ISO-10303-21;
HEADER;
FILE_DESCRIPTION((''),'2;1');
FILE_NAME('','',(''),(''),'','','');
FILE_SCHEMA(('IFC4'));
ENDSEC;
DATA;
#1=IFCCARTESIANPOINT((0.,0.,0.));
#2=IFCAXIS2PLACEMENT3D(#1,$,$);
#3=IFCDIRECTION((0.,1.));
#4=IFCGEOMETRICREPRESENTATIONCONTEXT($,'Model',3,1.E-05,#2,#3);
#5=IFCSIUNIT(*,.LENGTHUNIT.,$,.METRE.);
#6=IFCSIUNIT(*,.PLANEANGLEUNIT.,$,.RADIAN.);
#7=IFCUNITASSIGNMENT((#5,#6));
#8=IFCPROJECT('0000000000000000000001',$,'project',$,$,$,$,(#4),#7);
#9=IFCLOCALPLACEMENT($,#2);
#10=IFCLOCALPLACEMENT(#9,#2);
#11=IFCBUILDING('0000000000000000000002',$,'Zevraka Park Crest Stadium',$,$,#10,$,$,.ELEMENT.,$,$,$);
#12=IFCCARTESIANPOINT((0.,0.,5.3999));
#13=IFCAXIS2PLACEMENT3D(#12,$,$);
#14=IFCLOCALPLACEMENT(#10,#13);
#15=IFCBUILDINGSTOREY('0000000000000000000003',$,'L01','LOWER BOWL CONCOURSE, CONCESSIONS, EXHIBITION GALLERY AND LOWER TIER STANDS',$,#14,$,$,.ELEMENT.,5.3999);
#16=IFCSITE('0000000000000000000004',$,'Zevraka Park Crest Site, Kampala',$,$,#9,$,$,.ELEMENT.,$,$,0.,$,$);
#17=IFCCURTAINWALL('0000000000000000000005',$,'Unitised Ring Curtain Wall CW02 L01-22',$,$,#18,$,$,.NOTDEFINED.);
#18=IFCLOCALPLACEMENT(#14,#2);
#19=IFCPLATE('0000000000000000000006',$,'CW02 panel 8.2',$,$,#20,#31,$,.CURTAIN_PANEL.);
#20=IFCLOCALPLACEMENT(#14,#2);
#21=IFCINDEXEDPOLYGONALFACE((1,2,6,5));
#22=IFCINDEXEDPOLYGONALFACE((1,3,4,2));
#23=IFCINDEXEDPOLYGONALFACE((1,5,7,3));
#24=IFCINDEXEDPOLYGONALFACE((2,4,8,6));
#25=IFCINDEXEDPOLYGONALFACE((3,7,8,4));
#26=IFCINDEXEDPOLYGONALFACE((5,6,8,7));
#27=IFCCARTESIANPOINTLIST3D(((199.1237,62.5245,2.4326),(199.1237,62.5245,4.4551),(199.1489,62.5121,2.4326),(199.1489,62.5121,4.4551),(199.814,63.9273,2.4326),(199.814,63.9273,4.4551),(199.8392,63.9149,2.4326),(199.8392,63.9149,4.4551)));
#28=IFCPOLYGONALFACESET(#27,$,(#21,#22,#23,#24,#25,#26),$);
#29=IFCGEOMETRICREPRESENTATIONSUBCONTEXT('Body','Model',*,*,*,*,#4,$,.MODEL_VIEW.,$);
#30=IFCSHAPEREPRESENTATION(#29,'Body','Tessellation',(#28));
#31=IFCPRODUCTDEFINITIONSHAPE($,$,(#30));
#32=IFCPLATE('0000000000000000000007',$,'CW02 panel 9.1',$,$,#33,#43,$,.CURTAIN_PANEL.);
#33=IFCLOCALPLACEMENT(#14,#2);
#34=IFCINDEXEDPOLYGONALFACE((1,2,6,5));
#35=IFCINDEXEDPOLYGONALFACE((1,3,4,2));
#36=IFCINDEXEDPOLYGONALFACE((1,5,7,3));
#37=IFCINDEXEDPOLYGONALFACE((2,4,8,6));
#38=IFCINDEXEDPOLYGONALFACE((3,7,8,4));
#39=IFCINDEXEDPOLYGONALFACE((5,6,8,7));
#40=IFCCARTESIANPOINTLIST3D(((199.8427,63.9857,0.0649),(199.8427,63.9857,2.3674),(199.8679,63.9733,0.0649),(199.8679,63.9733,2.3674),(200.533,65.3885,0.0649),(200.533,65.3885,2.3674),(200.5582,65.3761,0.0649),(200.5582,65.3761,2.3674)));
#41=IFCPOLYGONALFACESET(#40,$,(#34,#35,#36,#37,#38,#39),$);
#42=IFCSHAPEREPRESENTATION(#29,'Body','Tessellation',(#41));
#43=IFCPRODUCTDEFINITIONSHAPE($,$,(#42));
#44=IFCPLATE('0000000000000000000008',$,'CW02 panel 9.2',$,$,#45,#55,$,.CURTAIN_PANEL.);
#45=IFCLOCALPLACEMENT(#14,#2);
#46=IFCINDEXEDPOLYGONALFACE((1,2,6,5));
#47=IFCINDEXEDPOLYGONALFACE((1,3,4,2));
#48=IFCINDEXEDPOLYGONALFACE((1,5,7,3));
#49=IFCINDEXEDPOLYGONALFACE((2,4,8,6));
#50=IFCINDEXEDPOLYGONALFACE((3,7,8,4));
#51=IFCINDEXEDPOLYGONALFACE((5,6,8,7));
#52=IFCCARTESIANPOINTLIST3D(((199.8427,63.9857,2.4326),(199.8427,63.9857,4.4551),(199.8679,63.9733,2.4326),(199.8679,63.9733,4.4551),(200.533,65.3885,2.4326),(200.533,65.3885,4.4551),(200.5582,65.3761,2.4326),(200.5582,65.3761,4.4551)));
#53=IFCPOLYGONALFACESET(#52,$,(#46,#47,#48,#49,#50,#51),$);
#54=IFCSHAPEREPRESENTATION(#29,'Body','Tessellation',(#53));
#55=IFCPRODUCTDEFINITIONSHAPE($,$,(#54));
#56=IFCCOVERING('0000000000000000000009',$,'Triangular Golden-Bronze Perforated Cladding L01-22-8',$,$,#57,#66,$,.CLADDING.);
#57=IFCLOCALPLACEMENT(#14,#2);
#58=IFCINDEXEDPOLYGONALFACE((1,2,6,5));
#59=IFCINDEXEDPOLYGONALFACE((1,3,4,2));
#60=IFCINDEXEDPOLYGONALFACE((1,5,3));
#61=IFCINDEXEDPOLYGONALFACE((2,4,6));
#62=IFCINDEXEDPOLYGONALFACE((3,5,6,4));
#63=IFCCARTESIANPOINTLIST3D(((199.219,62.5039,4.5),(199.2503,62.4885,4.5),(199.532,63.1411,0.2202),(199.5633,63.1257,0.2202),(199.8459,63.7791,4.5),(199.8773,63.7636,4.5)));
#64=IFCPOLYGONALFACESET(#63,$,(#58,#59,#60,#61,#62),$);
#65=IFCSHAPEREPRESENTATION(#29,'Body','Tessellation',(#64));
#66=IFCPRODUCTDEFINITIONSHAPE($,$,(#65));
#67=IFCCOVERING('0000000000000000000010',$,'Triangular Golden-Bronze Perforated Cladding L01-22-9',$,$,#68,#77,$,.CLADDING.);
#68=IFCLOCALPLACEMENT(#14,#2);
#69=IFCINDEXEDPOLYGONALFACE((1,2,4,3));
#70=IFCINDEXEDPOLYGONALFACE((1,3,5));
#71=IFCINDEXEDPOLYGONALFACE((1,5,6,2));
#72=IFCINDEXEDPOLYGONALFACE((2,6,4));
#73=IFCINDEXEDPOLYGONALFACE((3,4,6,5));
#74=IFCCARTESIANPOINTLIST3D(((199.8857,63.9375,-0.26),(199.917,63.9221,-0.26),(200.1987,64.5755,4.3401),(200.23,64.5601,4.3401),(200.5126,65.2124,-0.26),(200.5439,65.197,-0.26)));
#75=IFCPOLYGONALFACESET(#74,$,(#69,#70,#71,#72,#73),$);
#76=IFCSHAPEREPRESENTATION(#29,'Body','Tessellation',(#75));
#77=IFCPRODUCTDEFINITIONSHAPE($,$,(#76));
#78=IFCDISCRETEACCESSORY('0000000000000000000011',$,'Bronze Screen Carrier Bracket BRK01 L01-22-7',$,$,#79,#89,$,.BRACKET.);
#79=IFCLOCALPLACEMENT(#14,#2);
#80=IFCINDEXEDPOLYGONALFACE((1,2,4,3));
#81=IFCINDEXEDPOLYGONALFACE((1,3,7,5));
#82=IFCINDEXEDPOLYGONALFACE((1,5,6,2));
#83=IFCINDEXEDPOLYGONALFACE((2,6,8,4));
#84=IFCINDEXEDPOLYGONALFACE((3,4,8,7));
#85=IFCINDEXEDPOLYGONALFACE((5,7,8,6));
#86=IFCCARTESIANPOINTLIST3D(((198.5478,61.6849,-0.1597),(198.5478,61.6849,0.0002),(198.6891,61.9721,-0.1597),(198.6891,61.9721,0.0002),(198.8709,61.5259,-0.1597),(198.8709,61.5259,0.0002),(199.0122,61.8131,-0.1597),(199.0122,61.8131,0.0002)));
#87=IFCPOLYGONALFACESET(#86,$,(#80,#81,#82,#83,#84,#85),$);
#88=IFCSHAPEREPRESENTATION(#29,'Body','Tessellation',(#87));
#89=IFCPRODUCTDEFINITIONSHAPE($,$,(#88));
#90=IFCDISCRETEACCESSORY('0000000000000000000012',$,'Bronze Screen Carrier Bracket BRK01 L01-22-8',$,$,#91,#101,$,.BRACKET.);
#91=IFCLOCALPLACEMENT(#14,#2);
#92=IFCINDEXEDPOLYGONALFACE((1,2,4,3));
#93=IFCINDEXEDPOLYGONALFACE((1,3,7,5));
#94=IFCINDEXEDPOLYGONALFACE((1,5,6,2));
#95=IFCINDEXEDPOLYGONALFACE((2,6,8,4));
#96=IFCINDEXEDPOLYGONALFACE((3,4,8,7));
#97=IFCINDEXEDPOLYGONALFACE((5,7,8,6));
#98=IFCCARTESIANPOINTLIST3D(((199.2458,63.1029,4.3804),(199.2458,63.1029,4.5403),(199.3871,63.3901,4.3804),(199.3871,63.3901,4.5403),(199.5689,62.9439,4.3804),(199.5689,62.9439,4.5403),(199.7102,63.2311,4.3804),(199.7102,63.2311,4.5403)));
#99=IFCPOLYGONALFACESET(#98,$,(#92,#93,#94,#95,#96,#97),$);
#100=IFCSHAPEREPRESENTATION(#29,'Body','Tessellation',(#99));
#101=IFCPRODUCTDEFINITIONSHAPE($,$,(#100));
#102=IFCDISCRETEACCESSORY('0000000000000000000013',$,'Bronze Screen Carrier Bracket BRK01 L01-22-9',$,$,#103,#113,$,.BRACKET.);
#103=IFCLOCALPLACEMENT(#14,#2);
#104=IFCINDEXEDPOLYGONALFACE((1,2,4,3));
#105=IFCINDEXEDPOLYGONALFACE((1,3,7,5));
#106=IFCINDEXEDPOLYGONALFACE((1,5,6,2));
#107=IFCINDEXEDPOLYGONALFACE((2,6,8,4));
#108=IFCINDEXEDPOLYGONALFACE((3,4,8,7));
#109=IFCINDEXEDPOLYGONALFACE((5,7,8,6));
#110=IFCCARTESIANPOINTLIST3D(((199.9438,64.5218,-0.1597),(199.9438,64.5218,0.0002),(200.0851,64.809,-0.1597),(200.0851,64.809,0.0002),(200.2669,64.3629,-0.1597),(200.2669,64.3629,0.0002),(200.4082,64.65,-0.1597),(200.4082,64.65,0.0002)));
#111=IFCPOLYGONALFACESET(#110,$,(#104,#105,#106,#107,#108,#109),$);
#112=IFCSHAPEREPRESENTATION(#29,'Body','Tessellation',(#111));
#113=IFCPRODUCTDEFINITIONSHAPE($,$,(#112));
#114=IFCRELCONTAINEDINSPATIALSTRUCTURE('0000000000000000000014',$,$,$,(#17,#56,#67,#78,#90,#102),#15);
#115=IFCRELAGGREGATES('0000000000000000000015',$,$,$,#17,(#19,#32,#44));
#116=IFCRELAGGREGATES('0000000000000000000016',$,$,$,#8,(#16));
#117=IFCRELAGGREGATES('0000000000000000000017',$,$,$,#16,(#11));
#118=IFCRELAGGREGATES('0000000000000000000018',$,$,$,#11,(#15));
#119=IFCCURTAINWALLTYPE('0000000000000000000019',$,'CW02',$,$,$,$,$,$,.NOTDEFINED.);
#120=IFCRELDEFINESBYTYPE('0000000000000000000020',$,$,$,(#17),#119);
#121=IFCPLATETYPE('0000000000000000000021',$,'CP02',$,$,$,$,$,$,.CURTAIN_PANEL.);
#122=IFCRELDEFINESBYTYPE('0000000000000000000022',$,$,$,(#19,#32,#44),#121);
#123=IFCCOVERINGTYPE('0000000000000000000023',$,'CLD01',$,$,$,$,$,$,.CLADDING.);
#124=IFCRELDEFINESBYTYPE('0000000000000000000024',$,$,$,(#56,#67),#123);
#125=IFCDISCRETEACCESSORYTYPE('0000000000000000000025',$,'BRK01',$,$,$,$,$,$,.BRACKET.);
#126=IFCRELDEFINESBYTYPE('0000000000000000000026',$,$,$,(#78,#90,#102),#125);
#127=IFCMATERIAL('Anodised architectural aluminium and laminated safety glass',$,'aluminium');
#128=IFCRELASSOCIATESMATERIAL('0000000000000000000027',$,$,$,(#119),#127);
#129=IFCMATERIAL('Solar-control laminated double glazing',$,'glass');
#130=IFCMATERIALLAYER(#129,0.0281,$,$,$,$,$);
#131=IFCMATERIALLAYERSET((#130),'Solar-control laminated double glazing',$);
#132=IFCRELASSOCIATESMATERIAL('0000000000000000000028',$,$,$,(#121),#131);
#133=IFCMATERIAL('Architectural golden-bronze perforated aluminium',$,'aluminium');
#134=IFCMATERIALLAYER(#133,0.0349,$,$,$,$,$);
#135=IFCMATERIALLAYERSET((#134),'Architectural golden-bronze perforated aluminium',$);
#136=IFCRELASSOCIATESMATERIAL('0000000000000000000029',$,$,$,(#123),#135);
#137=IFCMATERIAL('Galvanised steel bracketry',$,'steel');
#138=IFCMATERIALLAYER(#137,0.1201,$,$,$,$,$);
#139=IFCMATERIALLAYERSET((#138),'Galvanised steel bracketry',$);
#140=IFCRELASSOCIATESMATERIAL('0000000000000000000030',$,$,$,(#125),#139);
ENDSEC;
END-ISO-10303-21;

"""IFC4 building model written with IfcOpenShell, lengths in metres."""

from ifc_helpers import new_model, si_unit, direction, frame, origin, origin_2d, place, context, subcontext, project, spatial, polyline, rectangle, outline, extrude, material, layer, layer_set, type_object, element, aggregate, save


model = new_model("IFC4")

# Units and contexts
model_context = context("Model", 3, precision=1e-05, world=origin(), true_north=direction((0.0, 1.0)))
body_context = subcontext(model_context, "Body", "Model", "MODEL_VIEW")
ifc_project = project(units=[si_unit("LENGTHUNIT", "METRE"), si_unit("PLANEANGLEUNIT", "RADIAN")], contexts=[model_context])

# Site, building, storey
site_placement = place(None, origin())
site = spatial("IfcSite", under=ifc_project, at=site_placement, Name="Zevraka Park Crest Site, Kampala", CompositionType="ELEMENT", RefElevation=0.0)
building_placement = place(site_placement, origin())
building = spatial("IfcBuilding", under=site, at=building_placement, Name="Zevraka Park Crest Stadium", CompositionType="ELEMENT")
storey_placement = place(building_placement, frame((0.0, 0.0, 5.3999)))
storey = spatial("IfcBuildingStorey", under=building, at=storey_placement, Name="L01", Description="LOWER BOWL CONCOURSE, CONCESSIONS, EXHIBITION GALLERY AND LOWER TIER STANDS", CompositionType="ELEMENT", Elevation=5.3999)

# Curtain wall, plates
ifc_material_1 = material(Name="Anodised architectural aluminium and laminated safety glass", Category="aluminium")
curtain_wall_type = type_object("IfcCurtainWallType", Name="CW02", PredefinedType="NOTDEFINED", material=ifc_material_1)
curtain_wall_placement = place(storey_placement, origin())
curtain_wall = element("IfcCurtainWall", 1, at=curtain_wall_placement, inside=storey, type_object=curtain_wall_type, Name="Unitised Ring Curtain Wall CW02 L01-22", PredefinedType="NOTDEFINED")
ifc_material_2 = material(Name="Solar-control laminated double glazing", Category="glass")
ifc_layer_1 = layer(ifc_material_2, 0.0281)
ifc_layer_set_1 = layer_set([ifc_layer_1], Name="Solar-control laminated double glazing")
plate_type = type_object("IfcPlateType", Name="CP02", PredefinedType="CURTAIN_PANEL", material=ifc_layer_set_1)
plate_1_placement = place(storey_placement, frame((199.4814, 63.2197, 2.4326), z_axis=(0.0, 0.0, 1.0), x_axis=(0.441517, 0.897253, 0.0)))
plate_1 = element("IfcPlate", 2, at=plate_1_placement, type_object=plate_type, Name="CW02 panel 8.2", PredefinedType="CURTAIN_PANEL", context=body_context, shape_type="SweptSolid", body=[
    extrude(rectangle(XDim=1.5635, YDim=0.0281, at=origin_2d()), origin(), (0.0, 0.0, 1.0), 2.0225),
])
plate_2_placement = place(storey_placement, frame((200.2004, 64.6809, 0.0649), z_axis=(0.0, 0.0, 1.0), x_axis=(0.441517, 0.897253, 0.0)))
plate_2 = element("IfcPlate", 3, at=plate_2_placement, type_object=plate_type, Name="CW02 panel 9.1", PredefinedType="CURTAIN_PANEL", context=body_context, shape_type="SweptSolid", body=[
    extrude(rectangle(XDim=1.5635, YDim=0.0281, at=origin_2d()), origin(), (0.0, 0.0, 1.0), 2.3025),
])
plate_3_placement = place(storey_placement, frame((200.2004, 64.6809, 2.4326), z_axis=(0.0, 0.0, 1.0), x_axis=(0.441517, 0.897253, 0.0)))
plate_3 = element("IfcPlate", 4, at=plate_3_placement, type_object=plate_type, Name="CW02 panel 9.2", PredefinedType="CURTAIN_PANEL", context=body_context, shape_type="SweptSolid", body=[
    extrude(rectangle(XDim=1.5635, YDim=0.0281, at=origin_2d()), origin(), (0.0, 0.0, 1.0), 2.0225),
])
aggregate(curtain_wall, [plate_1, plate_2, plate_3])

# Coverings
ifc_material_3 = material(Name="Architectural golden-bronze perforated aluminium", Category="aluminium")
ifc_layer_2 = layer(ifc_material_3, 0.0349)
ifc_layer_set_2 = layer_set([ifc_layer_2], Name="Architectural golden-bronze perforated aluminium")
covering_type = type_object("IfcCoveringType", Name="CLD01", PredefinedType="CLADDING", material=ifc_layer_set_2)
covering_1_placement = place(storey_placement, frame((199.8459, 63.7791, 4.5), z_axis=(-0.897397, 0.441224, 0.000065), x_axis=(-0.441224, -0.897397, 0.0)))
element("IfcCovering", 5, at=covering_1_placement, inside=storey, type_object=covering_type, Name="Triangular Golden-Bronze Perforated Cladding L01-22-8", PredefinedType="CLADDING", context=body_context, shape_type="SweptSolid", body=[
    extrude(outline(polyline([(0.0, 0.0), (1.4209, 0.0), (0.711, -4.2798), (0.0, 0.0)])), origin(), (0.0, 0.0, -1.0), 0.0349),
])
covering_2_placement = place(storey_placement, frame((199.917, 63.9221, -0.26), z_axis=(0.897363, -0.441292, 0.000142), x_axis=(0.441292, 0.897363, 0.0)))
element("IfcCovering", 6, at=covering_2_placement, inside=storey, type_object=covering_type, Name="Triangular Golden-Bronze Perforated Cladding L01-22-9", PredefinedType="CLADDING", context=body_context, shape_type="SweptSolid", body=[
    extrude(outline(polyline([(0.0, 0.0), (1.4207, 0.0), (0.7106, 4.6001), (0.0, 0.0)])), origin(), (0.0, 0.0, -1.0), 0.0349),
])

# Discrete accessories
ifc_material_4 = material(Name="Galvanised steel bracketry", Category="steel")
ifc_layer_3 = layer(ifc_material_4, 0.1201)
ifc_layer_set_3 = layer_set([ifc_layer_3], Name="Galvanised steel bracketry")
discrete_accessory_type = type_object("IfcDiscreteAccessoryType", Name="BRK01", PredefinedType="BRACKET", material=ifc_layer_set_3)
for number, where, z_axis, x_axis, name in (
    (7, (198.78, 61.749, -0.1597), (0.0, 0.0, 1.0), (0.441506, 0.897258, 0.0), "Bronze Screen Carrier Bracket BRK01 L01-22-7"),
    (8, (199.478, 63.167, 4.3804), (0.0, 0.0, 1.0), (0.441506, 0.897258, 0.0), "Bronze Screen Carrier Bracket BRK01 L01-22-8"),
    (9, (200.176, 64.5859, -0.1597), (0.0, 0.0, 1.0), (0.441506, 0.897258, 0.0), "Bronze Screen Carrier Bracket BRK01 L01-22-9"),
):
    element("IfcDiscreteAccessory", number, at=place(storey_placement, frame(where, z_axis=z_axis, x_axis=x_axis)), inside=storey, type_object=discrete_accessory_type, Name=name, PredefinedType="BRACKET", context=body_context, shape_type="SweptSolid", body=[
        extrude(rectangle(XDim=0.3201, YDim=0.3601, at=origin_2d()), origin(), (0.0, 0.0, 1.0), 0.1599),
    ])

save(model, "model.ifc")
